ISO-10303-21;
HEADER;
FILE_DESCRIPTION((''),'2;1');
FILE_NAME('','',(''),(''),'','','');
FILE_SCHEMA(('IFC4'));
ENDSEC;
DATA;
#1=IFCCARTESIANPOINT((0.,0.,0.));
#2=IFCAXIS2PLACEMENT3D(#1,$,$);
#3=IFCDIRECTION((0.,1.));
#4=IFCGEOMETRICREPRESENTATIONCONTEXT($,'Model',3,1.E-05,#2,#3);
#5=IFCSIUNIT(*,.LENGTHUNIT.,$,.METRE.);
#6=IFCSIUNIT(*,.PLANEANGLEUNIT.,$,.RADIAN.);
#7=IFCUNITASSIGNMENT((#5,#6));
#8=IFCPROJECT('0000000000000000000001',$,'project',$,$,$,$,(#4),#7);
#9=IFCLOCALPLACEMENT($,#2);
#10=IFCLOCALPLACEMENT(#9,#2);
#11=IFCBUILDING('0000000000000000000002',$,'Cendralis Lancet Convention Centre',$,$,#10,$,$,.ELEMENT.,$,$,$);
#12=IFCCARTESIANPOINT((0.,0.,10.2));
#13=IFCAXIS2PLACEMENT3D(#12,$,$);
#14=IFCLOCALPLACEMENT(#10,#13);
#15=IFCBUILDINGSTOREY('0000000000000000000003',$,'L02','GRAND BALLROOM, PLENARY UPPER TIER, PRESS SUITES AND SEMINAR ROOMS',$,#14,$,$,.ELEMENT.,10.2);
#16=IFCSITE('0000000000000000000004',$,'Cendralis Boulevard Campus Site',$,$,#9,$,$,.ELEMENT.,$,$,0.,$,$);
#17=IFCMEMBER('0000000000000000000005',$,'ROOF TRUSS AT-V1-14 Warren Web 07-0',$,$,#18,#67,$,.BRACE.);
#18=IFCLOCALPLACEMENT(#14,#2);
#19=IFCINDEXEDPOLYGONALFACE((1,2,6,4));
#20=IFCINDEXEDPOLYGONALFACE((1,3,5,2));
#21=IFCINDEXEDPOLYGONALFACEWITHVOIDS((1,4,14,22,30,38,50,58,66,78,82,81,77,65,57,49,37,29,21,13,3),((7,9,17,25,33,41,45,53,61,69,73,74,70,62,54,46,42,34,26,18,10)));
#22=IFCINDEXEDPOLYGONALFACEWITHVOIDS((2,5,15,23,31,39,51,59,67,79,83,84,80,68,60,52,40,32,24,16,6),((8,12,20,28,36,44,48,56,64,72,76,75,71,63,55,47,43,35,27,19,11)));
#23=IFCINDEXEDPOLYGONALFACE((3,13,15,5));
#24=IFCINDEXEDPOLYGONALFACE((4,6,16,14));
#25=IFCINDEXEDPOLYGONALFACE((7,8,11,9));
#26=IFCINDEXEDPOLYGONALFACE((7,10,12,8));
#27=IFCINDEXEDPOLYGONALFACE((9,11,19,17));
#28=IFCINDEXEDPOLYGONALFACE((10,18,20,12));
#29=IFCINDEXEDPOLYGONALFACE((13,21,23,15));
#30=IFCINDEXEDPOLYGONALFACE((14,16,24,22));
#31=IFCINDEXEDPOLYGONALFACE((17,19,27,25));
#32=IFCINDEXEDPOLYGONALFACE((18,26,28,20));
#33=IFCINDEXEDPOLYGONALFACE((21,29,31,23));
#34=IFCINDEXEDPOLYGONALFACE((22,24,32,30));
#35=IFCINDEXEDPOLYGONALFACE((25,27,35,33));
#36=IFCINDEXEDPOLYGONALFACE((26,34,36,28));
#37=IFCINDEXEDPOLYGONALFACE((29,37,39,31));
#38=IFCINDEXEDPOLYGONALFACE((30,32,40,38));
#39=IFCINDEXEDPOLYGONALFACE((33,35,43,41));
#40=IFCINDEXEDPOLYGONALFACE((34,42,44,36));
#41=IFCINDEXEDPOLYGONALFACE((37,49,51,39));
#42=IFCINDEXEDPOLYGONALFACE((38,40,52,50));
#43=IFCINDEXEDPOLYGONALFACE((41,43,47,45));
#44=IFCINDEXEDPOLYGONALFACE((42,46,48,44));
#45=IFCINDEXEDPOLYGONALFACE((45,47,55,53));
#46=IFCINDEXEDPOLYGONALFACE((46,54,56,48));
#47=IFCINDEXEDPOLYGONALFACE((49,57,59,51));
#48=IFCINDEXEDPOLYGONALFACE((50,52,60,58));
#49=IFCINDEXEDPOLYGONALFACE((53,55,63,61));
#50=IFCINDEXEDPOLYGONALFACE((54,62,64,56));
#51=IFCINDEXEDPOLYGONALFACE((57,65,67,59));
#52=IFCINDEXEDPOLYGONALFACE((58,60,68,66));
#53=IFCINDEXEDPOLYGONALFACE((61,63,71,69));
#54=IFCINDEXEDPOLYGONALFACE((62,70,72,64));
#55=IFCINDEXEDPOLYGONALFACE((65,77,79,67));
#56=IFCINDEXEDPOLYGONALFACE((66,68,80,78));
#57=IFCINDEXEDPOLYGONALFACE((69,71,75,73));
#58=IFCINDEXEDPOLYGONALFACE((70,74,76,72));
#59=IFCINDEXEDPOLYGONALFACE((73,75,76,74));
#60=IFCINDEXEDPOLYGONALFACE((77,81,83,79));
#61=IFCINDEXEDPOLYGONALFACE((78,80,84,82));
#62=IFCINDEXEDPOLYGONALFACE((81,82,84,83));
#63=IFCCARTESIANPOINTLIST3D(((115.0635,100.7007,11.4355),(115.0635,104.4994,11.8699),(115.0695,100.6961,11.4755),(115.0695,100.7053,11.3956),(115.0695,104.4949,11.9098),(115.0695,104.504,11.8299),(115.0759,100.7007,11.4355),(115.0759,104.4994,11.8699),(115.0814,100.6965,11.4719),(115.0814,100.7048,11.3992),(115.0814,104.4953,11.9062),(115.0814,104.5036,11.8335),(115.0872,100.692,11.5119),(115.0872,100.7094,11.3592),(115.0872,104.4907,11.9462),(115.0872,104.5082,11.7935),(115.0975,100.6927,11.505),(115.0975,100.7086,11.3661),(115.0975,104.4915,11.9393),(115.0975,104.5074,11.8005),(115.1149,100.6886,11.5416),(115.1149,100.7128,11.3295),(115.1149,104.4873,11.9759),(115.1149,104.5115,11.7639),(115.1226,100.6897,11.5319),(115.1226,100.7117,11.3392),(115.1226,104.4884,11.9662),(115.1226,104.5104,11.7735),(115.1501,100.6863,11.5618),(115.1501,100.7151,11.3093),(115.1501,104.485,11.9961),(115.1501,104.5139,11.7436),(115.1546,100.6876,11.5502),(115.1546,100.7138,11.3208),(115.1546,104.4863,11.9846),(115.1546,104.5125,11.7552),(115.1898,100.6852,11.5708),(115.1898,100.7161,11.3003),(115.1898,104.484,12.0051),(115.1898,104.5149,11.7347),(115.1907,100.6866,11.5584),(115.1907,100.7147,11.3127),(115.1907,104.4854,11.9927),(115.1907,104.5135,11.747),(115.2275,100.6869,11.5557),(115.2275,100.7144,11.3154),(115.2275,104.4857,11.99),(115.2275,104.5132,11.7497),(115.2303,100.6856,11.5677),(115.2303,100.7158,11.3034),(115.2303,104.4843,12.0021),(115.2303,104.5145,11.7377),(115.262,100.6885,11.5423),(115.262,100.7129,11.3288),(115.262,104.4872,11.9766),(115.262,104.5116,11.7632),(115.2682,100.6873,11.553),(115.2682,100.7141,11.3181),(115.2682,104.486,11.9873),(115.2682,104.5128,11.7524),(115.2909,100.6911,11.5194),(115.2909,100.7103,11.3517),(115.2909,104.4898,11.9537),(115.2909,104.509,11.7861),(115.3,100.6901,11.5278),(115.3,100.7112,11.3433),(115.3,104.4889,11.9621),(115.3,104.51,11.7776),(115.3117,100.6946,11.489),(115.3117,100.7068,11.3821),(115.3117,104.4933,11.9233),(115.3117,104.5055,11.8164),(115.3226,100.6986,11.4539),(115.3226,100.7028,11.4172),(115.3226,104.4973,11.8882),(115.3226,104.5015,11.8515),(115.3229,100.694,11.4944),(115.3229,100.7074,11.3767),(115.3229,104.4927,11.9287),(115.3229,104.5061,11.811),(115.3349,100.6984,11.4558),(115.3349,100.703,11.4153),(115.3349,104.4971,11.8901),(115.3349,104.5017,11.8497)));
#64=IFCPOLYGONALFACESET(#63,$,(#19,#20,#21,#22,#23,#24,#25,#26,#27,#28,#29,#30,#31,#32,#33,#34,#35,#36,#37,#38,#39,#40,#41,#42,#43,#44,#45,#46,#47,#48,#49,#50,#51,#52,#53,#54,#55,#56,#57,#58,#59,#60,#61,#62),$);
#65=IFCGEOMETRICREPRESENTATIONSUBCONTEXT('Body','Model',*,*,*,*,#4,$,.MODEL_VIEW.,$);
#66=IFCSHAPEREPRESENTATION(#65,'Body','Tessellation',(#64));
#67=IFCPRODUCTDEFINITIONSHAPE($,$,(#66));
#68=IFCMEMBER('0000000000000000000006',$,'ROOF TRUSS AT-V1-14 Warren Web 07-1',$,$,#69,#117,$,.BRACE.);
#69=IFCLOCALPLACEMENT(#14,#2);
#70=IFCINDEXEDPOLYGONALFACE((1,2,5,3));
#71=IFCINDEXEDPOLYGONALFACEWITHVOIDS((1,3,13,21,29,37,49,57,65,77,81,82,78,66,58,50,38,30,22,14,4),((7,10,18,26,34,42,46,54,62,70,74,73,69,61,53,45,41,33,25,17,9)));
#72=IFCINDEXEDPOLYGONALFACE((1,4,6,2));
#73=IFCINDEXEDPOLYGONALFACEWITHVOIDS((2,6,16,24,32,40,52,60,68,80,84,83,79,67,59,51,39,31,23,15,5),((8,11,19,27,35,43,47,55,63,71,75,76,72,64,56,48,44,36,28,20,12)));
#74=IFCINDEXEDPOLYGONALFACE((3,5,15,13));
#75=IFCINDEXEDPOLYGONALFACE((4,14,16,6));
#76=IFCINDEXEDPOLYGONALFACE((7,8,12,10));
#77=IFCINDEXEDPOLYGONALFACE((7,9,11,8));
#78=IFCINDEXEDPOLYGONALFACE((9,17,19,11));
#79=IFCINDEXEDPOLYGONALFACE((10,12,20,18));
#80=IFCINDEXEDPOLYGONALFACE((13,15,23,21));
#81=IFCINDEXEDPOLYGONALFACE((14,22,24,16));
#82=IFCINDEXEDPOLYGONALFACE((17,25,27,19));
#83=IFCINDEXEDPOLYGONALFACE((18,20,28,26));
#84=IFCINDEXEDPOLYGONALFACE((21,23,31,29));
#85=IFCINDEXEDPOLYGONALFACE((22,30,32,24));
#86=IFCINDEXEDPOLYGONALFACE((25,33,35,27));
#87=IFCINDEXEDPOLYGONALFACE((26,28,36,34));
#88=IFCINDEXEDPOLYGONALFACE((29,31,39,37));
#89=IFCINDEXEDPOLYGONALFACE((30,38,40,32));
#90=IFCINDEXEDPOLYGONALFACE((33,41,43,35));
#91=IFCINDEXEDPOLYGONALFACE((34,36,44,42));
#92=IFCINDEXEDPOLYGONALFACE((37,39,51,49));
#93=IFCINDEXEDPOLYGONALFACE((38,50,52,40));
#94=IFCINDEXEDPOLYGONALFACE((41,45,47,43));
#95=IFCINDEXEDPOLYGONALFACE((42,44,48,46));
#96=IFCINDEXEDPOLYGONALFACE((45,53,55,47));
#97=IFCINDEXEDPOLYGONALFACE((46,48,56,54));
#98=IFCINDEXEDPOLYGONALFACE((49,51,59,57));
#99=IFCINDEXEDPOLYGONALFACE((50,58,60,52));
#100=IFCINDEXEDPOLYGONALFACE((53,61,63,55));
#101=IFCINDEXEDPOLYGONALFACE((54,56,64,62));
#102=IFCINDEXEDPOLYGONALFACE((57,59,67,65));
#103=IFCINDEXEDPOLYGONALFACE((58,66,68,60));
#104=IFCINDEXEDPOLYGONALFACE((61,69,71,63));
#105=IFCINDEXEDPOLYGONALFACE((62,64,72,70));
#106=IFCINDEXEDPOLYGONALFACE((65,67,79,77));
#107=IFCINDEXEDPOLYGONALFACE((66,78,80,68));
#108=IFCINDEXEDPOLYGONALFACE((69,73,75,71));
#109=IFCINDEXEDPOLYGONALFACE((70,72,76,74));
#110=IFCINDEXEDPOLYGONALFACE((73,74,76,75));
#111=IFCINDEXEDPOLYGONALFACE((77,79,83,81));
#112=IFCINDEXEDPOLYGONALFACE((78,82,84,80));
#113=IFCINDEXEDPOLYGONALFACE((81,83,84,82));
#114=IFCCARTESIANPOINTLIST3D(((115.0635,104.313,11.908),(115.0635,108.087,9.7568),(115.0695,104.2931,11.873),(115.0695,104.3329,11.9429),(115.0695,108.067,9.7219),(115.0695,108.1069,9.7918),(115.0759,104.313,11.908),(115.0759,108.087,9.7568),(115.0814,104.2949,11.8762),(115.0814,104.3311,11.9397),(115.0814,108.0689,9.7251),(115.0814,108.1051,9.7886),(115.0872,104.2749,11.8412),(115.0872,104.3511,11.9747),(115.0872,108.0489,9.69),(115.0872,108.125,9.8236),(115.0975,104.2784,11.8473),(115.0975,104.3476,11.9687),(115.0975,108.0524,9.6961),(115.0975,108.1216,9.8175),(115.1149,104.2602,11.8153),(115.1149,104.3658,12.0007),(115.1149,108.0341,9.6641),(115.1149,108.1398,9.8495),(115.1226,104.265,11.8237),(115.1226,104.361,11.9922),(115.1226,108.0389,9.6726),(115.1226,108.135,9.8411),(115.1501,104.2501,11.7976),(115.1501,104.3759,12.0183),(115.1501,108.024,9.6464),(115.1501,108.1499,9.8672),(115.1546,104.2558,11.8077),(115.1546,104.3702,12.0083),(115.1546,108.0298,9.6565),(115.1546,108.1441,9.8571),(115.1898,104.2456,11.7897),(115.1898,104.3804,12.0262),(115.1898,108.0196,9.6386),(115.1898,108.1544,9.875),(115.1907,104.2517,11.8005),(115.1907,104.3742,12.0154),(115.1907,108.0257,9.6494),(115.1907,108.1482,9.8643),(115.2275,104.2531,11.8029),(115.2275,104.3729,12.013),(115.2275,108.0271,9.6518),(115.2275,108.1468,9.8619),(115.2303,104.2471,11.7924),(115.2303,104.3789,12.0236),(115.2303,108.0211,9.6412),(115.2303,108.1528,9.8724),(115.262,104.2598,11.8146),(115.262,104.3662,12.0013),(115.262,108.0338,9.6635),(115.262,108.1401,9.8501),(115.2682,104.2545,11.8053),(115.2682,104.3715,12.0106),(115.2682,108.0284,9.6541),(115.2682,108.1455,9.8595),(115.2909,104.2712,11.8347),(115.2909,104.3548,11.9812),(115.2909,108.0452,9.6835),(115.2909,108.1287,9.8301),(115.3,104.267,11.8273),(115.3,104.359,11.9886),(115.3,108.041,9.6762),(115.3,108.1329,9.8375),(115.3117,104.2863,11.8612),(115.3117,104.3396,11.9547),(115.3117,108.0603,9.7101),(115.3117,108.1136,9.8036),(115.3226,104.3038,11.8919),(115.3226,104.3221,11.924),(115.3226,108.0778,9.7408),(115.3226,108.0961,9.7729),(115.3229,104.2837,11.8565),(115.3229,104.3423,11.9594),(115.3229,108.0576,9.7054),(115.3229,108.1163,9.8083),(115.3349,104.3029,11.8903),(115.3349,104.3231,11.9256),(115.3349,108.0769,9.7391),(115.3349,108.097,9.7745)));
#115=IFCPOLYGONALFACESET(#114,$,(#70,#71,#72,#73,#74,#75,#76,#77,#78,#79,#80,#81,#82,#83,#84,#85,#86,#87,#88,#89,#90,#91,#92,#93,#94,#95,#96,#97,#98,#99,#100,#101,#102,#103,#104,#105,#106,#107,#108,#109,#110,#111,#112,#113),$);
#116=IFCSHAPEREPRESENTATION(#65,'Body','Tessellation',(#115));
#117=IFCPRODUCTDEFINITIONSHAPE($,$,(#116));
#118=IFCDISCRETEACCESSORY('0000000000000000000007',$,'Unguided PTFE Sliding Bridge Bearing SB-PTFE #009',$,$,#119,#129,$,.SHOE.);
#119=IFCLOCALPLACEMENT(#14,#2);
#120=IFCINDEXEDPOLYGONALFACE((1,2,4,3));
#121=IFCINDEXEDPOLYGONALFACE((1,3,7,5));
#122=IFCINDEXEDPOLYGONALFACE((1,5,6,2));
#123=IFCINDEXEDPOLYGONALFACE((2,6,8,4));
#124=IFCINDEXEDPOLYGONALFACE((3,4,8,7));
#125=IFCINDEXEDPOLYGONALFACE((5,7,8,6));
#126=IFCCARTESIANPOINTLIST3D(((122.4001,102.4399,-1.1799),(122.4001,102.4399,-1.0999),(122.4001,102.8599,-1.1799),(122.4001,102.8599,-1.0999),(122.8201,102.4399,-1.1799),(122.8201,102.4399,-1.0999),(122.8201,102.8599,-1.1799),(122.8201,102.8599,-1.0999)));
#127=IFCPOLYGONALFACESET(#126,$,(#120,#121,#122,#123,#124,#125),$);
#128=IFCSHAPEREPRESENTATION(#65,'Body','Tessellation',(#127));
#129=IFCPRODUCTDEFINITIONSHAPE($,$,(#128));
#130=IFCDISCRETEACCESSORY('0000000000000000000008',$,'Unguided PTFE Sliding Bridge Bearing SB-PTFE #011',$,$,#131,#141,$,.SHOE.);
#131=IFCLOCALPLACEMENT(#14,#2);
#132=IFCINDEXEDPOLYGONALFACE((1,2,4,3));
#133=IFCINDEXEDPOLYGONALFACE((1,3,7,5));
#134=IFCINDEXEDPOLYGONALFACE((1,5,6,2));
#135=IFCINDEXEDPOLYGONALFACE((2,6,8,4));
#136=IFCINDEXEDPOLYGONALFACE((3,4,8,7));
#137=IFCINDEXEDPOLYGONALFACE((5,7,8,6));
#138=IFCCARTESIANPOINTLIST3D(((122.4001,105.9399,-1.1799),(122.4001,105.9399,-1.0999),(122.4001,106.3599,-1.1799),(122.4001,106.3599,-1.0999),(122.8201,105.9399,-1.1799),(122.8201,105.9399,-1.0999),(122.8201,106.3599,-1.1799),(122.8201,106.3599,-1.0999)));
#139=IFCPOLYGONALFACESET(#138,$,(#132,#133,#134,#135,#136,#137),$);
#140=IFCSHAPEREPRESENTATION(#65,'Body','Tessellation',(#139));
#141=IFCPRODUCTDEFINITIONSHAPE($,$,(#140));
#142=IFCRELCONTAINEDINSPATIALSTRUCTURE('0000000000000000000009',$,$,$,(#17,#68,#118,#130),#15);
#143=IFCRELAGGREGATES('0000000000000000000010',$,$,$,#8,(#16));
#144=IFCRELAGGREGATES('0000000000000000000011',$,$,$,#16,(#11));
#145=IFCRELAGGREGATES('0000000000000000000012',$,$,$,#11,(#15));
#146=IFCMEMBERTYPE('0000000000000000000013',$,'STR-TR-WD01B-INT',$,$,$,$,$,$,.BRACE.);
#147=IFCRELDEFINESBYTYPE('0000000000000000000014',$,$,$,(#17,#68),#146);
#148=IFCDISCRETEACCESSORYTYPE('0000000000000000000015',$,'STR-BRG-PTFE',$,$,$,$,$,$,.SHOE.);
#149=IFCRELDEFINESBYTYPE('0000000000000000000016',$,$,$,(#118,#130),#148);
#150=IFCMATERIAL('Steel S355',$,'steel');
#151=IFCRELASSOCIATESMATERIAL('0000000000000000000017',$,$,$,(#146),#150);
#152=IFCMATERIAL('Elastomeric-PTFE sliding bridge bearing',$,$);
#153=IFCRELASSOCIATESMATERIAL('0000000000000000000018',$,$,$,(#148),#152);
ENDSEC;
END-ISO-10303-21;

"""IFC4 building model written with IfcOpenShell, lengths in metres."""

from ifc_helpers import new_model, si_unit, direction, frame, origin, origin_2d, place, context, subcontext, project, spatial, rectangle, hollow_circle, extrude, material, material_profile, profile_set, type_object, element, save


model = new_model("IFC4")

# Units and contexts
model_context = context("Model", 3, precision=1e-05, world=origin(), true_north=direction((0.0, 1.0)))
body_context = subcontext(model_context, "Body", "Model", "MODEL_VIEW")
ifc_project = project(units=[si_unit("LENGTHUNIT", "METRE"), si_unit("PLANEANGLEUNIT", "RADIAN")], contexts=[model_context])

# Site, building, storey
site_placement = place(None, origin())
site = spatial("IfcSite", under=ifc_project, at=site_placement, Name="Cendralis Boulevard Campus Site", CompositionType="ELEMENT", RefElevation=0.0)
building_placement = place(site_placement, origin())
building = spatial("IfcBuilding", under=site, at=building_placement, Name="Cendralis Lancet Convention Centre", CompositionType="ELEMENT")
storey_placement = place(building_placement, frame((0.0, 0.0, 10.2)))
storey = spatial("IfcBuildingStorey", under=building, at=storey_placement, Name="L02", Description="GRAND BALLROOM, PLENARY UPPER TIER, PRESS SUITES AND SEMINAR ROOMS", CompositionType="ELEMENT", Elevation=10.2)

# Shared definitions
ifc_material_1 = material(Name="Steel S355", Category="steel")

# Members
ifc_material_profile_1 = material_profile(ifc_material_1, hollow_circle(Radius=0.1365, WallThickness=0.0125, at=origin_2d()), Name="CHS 273.0x12.5")
ifc_profile_set_1 = profile_set([ifc_material_profile_1], Name="Steel S355")
member_type_1 = type_object("IfcMemberType", Name="STR-TR-WD01B-INT", PredefinedType="BRACE", material=ifc_profile_set_1)
member_1_placement = place(storey_placement, frame((115.2, 100.7007, 11.4355), z_axis=(0.0, 0.993528, 0.113592), x_axis=(-1.0, 0.0, 0.0)))
element("IfcMember", 1, at=member_1_placement, inside=storey, type_object=member_type_1, Name="ROOF TRUSS AT-V1-14 Warren Web 07-0", PredefinedType="BRACE", context=body_context, shape_type="SweptSolid", body=[
    extrude(hollow_circle(Radius=0.1365, WallThickness=0.0125, at=origin_2d()), origin(), (0.0, 0.0, 1.0), 3.8235),
])
member_2_placement = place(storey_placement, frame((115.2, 104.313, 11.908), z_axis=(0.0, 0.868779, -0.4952), x_axis=(-1.0, 0.0, 0.0)))
element("IfcMember", 2, at=member_2_placement, inside=storey, type_object=member_type_1, Name="ROOF TRUSS AT-V1-14 Warren Web 07-1", PredefinedType="BRACE", context=body_context, shape_type="SweptSolid", body=[
    extrude(hollow_circle(Radius=0.1365, WallThickness=0.0125, at=origin_2d()), origin(), (0.0, 0.0, 1.0), 4.344),
])

# Discrete accessories
ifc_material_2 = material(Name="Elastomeric-PTFE sliding bridge bearing")
discrete_accessory_type = type_object("IfcDiscreteAccessoryType", Name="STR-BRG-PTFE", PredefinedType="SHOE", material=ifc_material_2)
for number, where, z_axis, x_axis, name in (
    (3, (122.6101, 102.6499, -1.1799), (0.0, 0.0, 1.0), (1.0, 0.0, 0.0), "Unguided PTFE Sliding Bridge Bearing SB-PTFE #009"),
    (4, (122.6101, 106.1499, -1.1799), (0.0, 0.0, 1.0), (1.0, 0.0, 0.0), "Unguided PTFE Sliding Bridge Bearing SB-PTFE #011"),
):
    element("IfcDiscreteAccessory", number, at=place(storey_placement, frame(where, z_axis=z_axis, x_axis=x_axis)), inside=storey, type_object=discrete_accessory_type, Name=name, PredefinedType="SHOE", context=body_context, shape_type="SweptSolid", body=[
        extrude(rectangle(XDim=0.4199, YDim=0.4199, at=origin_2d()), origin(), (0.0, 0.0, 1.0), 0.0801),
    ])

save(model, "model.ifc")
